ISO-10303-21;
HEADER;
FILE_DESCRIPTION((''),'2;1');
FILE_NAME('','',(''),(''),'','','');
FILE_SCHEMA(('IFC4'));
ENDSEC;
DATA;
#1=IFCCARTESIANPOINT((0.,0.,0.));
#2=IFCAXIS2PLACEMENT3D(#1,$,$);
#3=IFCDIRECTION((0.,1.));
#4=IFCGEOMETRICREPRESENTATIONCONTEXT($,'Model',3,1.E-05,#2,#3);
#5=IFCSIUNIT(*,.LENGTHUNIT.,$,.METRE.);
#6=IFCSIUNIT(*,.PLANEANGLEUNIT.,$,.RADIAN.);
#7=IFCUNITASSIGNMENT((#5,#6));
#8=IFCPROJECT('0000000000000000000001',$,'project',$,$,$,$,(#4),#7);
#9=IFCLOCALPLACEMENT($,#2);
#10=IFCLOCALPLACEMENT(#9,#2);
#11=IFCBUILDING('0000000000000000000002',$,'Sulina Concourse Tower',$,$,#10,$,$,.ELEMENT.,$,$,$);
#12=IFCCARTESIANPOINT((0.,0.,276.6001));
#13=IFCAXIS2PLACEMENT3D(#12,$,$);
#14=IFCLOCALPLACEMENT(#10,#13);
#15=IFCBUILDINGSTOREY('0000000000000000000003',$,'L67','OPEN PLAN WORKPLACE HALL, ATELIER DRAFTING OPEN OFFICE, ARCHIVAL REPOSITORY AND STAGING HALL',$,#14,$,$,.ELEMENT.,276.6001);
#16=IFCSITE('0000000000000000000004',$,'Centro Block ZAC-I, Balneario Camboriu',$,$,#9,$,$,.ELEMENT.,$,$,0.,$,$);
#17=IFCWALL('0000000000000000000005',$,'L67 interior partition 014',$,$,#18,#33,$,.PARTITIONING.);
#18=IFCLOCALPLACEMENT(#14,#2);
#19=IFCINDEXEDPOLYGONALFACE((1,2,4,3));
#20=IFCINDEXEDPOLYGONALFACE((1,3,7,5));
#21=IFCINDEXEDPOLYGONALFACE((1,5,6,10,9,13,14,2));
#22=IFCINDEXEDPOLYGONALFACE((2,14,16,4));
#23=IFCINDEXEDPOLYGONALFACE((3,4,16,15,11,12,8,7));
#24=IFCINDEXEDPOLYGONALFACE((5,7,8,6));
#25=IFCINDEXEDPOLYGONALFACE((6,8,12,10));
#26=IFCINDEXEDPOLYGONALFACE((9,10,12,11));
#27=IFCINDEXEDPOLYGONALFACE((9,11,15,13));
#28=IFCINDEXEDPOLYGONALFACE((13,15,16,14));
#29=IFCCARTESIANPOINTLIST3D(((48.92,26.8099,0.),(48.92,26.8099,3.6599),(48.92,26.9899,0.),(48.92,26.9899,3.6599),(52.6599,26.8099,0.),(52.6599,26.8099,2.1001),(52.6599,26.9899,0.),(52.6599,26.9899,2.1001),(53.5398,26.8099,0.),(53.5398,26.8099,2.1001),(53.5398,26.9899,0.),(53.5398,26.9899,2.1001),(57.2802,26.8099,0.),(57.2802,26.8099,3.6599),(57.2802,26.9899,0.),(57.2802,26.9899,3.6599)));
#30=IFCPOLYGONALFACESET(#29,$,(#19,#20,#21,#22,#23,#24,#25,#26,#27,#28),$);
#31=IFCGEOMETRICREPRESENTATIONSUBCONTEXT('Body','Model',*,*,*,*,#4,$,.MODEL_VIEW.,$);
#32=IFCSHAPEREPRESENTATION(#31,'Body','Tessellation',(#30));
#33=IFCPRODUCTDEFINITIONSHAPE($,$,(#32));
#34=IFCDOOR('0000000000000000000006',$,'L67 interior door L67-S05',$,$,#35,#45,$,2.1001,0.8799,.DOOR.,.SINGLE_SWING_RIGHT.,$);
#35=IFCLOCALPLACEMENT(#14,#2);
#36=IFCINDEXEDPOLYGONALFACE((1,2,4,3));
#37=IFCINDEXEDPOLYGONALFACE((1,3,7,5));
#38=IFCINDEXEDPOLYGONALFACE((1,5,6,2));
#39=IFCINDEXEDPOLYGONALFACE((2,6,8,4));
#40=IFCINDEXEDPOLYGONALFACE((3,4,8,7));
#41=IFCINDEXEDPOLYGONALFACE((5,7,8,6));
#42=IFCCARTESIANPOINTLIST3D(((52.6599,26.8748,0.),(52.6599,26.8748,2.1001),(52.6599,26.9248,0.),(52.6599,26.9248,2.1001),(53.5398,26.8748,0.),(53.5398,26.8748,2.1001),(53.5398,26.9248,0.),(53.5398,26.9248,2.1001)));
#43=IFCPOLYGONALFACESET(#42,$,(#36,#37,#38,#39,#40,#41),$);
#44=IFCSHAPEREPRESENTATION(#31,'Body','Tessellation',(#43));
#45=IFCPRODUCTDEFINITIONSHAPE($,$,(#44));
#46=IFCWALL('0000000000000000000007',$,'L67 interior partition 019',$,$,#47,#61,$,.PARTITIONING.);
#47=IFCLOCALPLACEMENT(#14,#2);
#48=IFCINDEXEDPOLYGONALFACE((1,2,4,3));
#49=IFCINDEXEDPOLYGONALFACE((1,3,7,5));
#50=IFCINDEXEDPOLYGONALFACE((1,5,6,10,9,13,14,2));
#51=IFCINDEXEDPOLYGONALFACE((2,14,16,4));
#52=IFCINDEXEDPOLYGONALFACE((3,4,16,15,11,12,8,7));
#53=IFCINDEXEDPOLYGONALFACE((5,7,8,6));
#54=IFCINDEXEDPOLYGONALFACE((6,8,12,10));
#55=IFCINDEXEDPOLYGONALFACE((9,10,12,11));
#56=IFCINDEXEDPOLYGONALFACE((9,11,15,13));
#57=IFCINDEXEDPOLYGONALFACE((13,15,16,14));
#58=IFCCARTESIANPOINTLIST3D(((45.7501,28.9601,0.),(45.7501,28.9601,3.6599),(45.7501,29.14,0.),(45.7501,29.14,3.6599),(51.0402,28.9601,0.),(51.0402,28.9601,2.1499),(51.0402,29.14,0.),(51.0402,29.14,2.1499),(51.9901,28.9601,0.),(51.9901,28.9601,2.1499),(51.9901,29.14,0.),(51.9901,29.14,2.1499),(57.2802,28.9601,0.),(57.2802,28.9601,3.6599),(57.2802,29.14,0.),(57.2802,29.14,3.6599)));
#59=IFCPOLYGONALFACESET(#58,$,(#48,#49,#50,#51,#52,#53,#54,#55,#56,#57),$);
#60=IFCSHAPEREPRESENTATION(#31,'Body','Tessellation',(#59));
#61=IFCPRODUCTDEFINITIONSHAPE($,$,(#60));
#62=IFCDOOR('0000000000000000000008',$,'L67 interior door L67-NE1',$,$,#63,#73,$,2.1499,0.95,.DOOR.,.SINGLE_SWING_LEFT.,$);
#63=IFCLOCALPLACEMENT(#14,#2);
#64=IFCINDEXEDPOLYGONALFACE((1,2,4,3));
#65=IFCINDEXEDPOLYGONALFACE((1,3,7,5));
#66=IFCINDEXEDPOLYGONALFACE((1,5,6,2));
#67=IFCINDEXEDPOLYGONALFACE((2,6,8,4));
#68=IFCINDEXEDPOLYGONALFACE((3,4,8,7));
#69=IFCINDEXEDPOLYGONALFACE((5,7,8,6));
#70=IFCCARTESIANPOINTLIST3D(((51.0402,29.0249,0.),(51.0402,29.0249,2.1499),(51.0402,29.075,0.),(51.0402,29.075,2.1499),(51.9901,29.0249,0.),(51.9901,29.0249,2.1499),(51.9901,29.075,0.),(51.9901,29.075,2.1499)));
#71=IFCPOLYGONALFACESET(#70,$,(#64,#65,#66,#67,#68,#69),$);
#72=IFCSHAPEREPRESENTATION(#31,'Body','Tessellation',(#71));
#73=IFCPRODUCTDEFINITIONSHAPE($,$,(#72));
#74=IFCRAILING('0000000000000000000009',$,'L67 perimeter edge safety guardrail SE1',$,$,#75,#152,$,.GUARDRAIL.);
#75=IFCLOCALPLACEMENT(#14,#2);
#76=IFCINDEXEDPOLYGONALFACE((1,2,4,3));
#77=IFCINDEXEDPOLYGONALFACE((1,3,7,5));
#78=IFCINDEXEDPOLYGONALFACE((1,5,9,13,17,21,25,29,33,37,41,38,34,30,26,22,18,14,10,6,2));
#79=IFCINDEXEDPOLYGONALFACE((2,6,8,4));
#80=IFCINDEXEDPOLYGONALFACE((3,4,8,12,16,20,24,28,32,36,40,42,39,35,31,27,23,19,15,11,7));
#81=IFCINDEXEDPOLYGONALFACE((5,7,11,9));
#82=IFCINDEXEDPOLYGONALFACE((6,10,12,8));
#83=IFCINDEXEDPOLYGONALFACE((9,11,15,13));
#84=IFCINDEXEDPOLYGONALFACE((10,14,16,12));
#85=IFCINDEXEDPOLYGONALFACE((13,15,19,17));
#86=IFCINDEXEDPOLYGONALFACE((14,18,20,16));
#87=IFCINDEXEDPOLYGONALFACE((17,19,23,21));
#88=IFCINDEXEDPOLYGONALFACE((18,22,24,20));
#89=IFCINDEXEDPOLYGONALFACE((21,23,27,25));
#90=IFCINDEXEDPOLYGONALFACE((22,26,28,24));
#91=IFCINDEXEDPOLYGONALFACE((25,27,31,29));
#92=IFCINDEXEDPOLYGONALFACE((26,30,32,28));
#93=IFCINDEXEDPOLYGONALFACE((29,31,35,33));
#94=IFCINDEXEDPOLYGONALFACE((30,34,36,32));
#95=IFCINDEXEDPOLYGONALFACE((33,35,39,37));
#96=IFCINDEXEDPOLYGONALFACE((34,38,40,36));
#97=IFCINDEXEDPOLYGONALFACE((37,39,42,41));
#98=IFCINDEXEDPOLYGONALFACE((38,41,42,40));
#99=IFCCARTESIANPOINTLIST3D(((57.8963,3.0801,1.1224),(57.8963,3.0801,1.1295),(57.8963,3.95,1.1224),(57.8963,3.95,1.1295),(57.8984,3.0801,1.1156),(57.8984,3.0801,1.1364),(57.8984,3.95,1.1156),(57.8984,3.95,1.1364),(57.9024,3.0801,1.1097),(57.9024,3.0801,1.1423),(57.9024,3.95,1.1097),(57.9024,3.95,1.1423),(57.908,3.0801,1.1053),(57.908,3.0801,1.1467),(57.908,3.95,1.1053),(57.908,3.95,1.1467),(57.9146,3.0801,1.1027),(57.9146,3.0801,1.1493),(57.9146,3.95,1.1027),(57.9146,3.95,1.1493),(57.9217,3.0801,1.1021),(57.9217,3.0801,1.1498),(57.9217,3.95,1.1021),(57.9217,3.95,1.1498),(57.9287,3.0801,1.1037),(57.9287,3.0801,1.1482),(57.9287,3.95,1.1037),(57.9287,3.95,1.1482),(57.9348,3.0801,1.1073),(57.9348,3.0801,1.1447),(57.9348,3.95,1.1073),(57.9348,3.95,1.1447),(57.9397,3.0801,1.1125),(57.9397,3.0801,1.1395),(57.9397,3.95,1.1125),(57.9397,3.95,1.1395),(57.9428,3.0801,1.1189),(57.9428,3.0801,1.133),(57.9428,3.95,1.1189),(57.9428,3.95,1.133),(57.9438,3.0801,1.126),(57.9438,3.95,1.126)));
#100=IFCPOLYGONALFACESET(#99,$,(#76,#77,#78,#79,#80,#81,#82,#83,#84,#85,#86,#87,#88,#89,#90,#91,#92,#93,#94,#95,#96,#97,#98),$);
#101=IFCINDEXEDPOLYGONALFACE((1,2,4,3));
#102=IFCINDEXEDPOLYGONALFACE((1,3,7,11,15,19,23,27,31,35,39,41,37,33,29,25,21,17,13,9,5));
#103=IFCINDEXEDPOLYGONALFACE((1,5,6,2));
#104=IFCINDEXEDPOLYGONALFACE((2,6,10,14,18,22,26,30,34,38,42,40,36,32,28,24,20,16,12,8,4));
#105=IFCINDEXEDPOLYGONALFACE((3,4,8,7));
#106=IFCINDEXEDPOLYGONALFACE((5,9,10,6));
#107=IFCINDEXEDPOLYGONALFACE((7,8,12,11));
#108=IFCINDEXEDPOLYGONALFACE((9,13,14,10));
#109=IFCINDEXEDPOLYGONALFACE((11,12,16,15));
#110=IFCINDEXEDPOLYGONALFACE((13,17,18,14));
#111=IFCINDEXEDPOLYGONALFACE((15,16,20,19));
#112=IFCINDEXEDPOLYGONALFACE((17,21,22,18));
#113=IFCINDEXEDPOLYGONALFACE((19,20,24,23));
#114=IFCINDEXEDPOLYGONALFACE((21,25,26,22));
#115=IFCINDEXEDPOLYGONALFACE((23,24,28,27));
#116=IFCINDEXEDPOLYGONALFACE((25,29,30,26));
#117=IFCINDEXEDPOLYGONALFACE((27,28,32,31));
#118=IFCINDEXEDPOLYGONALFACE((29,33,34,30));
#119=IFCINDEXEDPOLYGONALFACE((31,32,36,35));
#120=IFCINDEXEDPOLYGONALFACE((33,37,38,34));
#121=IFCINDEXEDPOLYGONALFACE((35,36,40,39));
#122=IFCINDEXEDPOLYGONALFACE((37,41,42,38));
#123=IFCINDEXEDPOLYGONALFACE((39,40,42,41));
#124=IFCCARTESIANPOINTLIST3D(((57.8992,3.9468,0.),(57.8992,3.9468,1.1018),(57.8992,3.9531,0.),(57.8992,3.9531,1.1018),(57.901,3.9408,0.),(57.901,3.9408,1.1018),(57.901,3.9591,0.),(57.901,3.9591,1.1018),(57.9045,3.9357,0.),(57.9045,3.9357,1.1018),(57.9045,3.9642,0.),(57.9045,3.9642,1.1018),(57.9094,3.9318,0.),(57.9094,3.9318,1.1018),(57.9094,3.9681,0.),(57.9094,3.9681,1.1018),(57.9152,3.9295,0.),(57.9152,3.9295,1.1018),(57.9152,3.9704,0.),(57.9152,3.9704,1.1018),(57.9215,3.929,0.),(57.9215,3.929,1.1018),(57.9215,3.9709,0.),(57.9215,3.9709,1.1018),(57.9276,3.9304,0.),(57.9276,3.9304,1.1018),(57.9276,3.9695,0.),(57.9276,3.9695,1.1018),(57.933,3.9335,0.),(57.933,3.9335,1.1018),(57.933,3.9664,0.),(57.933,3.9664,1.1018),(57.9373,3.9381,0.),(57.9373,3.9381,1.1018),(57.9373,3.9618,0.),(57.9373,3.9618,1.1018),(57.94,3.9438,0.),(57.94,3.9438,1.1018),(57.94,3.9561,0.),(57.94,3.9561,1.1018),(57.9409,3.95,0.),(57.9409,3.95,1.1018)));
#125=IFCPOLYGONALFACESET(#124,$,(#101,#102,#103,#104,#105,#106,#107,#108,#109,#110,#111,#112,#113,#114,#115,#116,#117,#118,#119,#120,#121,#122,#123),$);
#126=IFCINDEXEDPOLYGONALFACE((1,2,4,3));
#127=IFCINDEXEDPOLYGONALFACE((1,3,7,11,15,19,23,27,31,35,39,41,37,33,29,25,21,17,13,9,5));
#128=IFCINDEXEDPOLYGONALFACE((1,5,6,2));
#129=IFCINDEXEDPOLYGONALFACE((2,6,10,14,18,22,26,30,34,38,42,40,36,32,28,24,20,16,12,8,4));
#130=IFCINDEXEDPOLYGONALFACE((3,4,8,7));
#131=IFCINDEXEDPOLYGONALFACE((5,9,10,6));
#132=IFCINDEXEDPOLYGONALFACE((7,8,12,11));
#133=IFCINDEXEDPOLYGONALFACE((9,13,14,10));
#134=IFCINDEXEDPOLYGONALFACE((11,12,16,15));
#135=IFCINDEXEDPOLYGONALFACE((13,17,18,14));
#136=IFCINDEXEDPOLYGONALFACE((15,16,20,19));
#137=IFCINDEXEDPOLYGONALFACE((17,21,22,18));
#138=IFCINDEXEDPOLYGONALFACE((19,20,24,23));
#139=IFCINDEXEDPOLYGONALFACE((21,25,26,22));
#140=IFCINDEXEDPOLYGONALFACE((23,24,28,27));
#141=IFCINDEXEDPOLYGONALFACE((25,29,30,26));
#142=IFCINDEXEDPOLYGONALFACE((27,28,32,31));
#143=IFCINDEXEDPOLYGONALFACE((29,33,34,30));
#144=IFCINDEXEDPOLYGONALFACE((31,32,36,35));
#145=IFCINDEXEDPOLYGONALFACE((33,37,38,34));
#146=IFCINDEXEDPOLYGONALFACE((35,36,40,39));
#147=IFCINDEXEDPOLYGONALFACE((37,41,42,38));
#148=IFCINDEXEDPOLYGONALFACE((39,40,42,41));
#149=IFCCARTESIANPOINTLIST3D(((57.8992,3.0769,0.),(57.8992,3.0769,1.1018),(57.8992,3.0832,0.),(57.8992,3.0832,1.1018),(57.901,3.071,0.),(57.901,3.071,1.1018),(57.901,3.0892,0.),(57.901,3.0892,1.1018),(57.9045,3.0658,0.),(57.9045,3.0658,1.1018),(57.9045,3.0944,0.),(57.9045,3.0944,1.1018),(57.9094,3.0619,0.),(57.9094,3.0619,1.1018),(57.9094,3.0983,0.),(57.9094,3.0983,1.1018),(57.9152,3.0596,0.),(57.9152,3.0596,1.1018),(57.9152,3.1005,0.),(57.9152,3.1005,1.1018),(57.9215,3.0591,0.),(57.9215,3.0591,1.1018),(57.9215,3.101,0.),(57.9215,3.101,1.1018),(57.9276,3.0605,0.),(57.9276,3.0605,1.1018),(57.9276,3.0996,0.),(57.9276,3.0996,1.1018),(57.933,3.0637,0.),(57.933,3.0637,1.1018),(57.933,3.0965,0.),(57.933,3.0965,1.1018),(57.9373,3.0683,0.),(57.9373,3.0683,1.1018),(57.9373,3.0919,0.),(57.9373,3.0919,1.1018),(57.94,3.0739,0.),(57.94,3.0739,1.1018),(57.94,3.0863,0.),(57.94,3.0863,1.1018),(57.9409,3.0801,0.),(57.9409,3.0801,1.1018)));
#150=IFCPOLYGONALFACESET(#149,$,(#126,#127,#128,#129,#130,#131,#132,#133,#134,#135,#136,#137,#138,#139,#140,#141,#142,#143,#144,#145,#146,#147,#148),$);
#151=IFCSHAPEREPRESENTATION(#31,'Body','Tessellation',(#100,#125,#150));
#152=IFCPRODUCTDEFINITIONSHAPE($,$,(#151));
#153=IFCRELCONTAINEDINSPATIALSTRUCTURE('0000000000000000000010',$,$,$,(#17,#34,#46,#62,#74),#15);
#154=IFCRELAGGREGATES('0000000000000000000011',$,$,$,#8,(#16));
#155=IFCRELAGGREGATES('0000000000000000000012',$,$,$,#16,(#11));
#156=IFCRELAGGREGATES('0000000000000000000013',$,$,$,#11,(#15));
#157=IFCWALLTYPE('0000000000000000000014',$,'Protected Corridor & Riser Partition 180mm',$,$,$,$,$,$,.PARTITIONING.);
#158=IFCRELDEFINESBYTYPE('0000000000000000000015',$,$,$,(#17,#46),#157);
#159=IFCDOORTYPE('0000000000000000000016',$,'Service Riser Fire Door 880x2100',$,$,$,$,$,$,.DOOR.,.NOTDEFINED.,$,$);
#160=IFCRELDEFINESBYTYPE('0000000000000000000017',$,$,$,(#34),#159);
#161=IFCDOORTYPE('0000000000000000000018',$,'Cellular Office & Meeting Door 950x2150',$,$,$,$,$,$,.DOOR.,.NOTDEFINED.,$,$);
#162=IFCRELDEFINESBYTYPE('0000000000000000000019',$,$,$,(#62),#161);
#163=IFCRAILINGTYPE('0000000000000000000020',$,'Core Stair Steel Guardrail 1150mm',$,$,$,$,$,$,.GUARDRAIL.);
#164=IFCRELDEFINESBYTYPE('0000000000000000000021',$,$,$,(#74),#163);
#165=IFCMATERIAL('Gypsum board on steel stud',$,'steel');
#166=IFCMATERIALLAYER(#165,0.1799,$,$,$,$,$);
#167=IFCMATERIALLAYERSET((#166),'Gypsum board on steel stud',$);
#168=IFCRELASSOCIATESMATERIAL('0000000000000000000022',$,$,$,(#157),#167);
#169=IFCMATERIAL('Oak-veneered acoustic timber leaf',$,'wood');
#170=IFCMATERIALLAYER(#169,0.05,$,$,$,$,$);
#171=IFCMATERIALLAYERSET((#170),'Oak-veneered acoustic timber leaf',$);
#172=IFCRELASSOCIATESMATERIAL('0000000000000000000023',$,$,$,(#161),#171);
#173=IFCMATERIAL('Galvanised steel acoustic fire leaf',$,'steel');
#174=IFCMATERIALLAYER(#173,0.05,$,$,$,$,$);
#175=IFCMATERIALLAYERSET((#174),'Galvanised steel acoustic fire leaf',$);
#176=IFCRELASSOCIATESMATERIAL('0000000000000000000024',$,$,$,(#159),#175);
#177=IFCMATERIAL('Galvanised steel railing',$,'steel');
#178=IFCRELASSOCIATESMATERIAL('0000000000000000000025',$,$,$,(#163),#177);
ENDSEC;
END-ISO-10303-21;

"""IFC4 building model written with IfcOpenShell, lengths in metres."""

from ifc_helpers import new_model, si_unit, direction, frame, frame_2d, origin, origin_2d, place, context, subcontext, project, spatial, rectangle, circle, extrude, material, layer, layer_set, type_object, element, fill, save


model = new_model("IFC4")

# Units and contexts
model_context = context("Model", 3, precision=1e-05, world=origin(), true_north=direction((0.0, 1.0)))
body_context = subcontext(model_context, "Body", "Model", "MODEL_VIEW")
ifc_project = project(units=[si_unit("LENGTHUNIT", "METRE"), si_unit("PLANEANGLEUNIT", "RADIAN")], contexts=[model_context])

# Site, building, storey
site_placement = place(None, origin())
site = spatial("IfcSite", under=ifc_project, at=site_placement, Name="Centro Block ZAC-I, Balneario Camboriu", CompositionType="ELEMENT", RefElevation=0.0)
building_placement = place(site_placement, origin())
building = spatial("IfcBuilding", under=site, at=building_placement, Name="Sulina Concourse Tower", CompositionType="ELEMENT")
storey_placement = place(building_placement, frame((0.0, 0.0, 276.6001)))
storey = spatial("IfcBuildingStorey", under=building, at=storey_placement, Name="L67", Description="OPEN PLAN WORKPLACE HALL, ATELIER DRAFTING OPEN OFFICE, ARCHIVAL REPOSITORY AND STAGING HALL", CompositionType="ELEMENT", Elevation=276.6001)

# Walls, openings, doors
ifc_material_1 = material(Name="Gypsum board on steel stud", Category="steel")
ifc_layer_1 = layer(ifc_material_1, 0.1799)
ifc_layer_set_1 = layer_set([ifc_layer_1], Name="Gypsum board on steel stud")
wall_type_1 = type_object("IfcWallType", Name="Protected Corridor & Riser Partition 180mm", PredefinedType="PARTITIONING", material=ifc_layer_set_1)
ifc_material_2 = material(Name="Oak-veneered acoustic timber leaf", Category="wood")
ifc_layer_2 = layer(ifc_material_2, 0.05)
ifc_layer_set_2 = layer_set([ifc_layer_2], Name="Oak-veneered acoustic timber leaf")
door_type_1 = type_object("IfcDoorType", Name="Cellular Office & Meeting Door 950x2150", OperationType="NOTDEFINED", PredefinedType="DOOR", material=ifc_layer_set_2)
wall_1_placement = place(storey_placement, frame((48.9199, 26.8999, 0.0), z_axis=(0.0, 0.0, 1.0), x_axis=(1.0, 0.0, 0.0)))
wall_1 = element("IfcWall", 1, at=wall_1_placement, inside=storey, type_object=wall_type_1, Name="L67 interior partition 014", PredefinedType="PARTITIONING", context=body_context, shape_type="SweptSolid", body=[
    extrude(rectangle(XDim=8.3601, YDim=0.1799, at=frame_2d((4.1802, 0.0))), origin(), (0.0, 0.0, 1.0), 3.6599),
])
opening_1_placement = place(wall_1_placement, frame((3.74, 0.0, 0.0)))
opening_1 = element("IfcOpeningElement", 2, at=opening_1_placement, cuts=wall_1, PredefinedType="OPENING", context=body_context, shape_type="SweptSolid", body=[
    extrude(rectangle(XDim=0.8799, YDim=2.1001, at=frame_2d((0.4399, 1.05))), frame((0.0, 0.0999, 0.0), z_axis=(0.0, -1.0, 0.0), x_axis=(1.0, 0.0, 0.0)), (0.0, 0.0, 1.0), 0.2),
])
ifc_material_3 = material(Name="Galvanised steel acoustic fire leaf", Category="steel")
ifc_layer_3 = layer(ifc_material_3, 0.05)
ifc_layer_set_3 = layer_set([ifc_layer_3], Name="Galvanised steel acoustic fire leaf")
door_type_2 = type_object("IfcDoorType", Name="Service Riser Fire Door 880x2100", OperationType="NOTDEFINED", PredefinedType="DOOR", material=ifc_layer_set_3)
door_1_placement = place(opening_1_placement, origin())
door_1 = element("IfcDoor", 3, at=door_1_placement, inside=storey, type_object=door_type_2, Name="L67 interior door L67-S05", OperationType="SINGLE_SWING_RIGHT", OverallHeight=2.1001, OverallWidth=0.8799, PredefinedType="DOOR", context=body_context, shape_type="SweptSolid", body=[
    extrude(rectangle(XDim=0.8799, YDim=2.1001, at=frame_2d((0.4399, 1.05))), frame((0.0, 0.0249, 0.0), z_axis=(0.0, -1.0, 0.0), x_axis=(1.0, 0.0, 0.0)), (0.0, 0.0, 1.0), 0.05),
])
fill(opening_1, door_1)
wall_2_placement = place(storey_placement, frame((45.75, 29.05, 0.0), z_axis=(0.0, 0.0, 1.0), x_axis=(1.0, 0.0, 0.0)))
wall_2 = element("IfcWall", 4, at=wall_2_placement, inside=storey, type_object=wall_type_1, Name="L67 interior partition 019", PredefinedType="PARTITIONING", context=body_context, shape_type="SweptSolid", body=[
    extrude(rectangle(XDim=11.53, YDim=0.1799, at=frame_2d((5.7651, 0.0))), origin(), (0.0, 0.0, 1.0), 3.6599),
])
opening_2_placement = place(wall_2_placement, frame((5.29, 0.0, 0.0)))
opening_2 = element("IfcOpeningElement", 5, at=opening_2_placement, cuts=wall_2, PredefinedType="OPENING", context=body_context, shape_type="SweptSolid", body=[
    extrude(rectangle(XDim=0.95, YDim=2.1499, at=frame_2d((0.4751, 1.075))), frame((0.0, 0.0999, 0.0), z_axis=(0.0, -1.0, 0.0), x_axis=(1.0, 0.0, 0.0)), (0.0, 0.0, 1.0), 0.2),
])
door_2_placement = place(opening_2_placement, origin())
door_2 = element("IfcDoor", 6, at=door_2_placement, inside=storey, type_object=door_type_1, Name="L67 interior door L67-NE1", OperationType="SINGLE_SWING_LEFT", OverallHeight=2.1499, OverallWidth=0.95, PredefinedType="DOOR", context=body_context, shape_type="SweptSolid", body=[
    extrude(rectangle(XDim=0.95, YDim=2.1499, at=frame_2d((0.4751, 1.075))), frame((0.0, 0.0249, 0.0), z_axis=(0.0, -1.0, 0.0), x_axis=(1.0, 0.0, 0.0)), (0.0, 0.0, 1.0), 0.05),
])
fill(opening_2, door_2)

# Railing
ifc_material_4 = material(Name="Galvanised steel railing", Category="steel")
railing_type = type_object("IfcRailingType", Name="Core Stair Steel Guardrail 1150mm", PredefinedType="GUARDRAIL", material=ifc_material_4)
railing_placement = place(storey_placement, frame((57.9199, 3.95, 0.0)))
element("IfcRailing", 7, at=railing_placement, inside=storey, type_object=railing_type, Name="L67 perimeter edge safety guardrail SE1", PredefinedType="GUARDRAIL", context=body_context, shape_type="SweptSolid", body=[
    extrude(circle(Radius=0.0239, at=origin_2d()), frame((0.0, 0.0, 1.126), z_axis=(0.0, -1.0, 0.0), x_axis=(1.0, 0.0, 0.0)), (0.0, 0.0, 1.0), 0.8699),
    extrude(circle(Radius=0.021, at=origin_2d()), origin(), (0.0, 0.0, 1.0), 1.1018),
    extrude(circle(Radius=0.021, at=origin_2d()), frame((0.0, -0.8699, 0.0)), (0.0, 0.0, 1.0), 1.1018),
])

save(model, "model.ifc")
